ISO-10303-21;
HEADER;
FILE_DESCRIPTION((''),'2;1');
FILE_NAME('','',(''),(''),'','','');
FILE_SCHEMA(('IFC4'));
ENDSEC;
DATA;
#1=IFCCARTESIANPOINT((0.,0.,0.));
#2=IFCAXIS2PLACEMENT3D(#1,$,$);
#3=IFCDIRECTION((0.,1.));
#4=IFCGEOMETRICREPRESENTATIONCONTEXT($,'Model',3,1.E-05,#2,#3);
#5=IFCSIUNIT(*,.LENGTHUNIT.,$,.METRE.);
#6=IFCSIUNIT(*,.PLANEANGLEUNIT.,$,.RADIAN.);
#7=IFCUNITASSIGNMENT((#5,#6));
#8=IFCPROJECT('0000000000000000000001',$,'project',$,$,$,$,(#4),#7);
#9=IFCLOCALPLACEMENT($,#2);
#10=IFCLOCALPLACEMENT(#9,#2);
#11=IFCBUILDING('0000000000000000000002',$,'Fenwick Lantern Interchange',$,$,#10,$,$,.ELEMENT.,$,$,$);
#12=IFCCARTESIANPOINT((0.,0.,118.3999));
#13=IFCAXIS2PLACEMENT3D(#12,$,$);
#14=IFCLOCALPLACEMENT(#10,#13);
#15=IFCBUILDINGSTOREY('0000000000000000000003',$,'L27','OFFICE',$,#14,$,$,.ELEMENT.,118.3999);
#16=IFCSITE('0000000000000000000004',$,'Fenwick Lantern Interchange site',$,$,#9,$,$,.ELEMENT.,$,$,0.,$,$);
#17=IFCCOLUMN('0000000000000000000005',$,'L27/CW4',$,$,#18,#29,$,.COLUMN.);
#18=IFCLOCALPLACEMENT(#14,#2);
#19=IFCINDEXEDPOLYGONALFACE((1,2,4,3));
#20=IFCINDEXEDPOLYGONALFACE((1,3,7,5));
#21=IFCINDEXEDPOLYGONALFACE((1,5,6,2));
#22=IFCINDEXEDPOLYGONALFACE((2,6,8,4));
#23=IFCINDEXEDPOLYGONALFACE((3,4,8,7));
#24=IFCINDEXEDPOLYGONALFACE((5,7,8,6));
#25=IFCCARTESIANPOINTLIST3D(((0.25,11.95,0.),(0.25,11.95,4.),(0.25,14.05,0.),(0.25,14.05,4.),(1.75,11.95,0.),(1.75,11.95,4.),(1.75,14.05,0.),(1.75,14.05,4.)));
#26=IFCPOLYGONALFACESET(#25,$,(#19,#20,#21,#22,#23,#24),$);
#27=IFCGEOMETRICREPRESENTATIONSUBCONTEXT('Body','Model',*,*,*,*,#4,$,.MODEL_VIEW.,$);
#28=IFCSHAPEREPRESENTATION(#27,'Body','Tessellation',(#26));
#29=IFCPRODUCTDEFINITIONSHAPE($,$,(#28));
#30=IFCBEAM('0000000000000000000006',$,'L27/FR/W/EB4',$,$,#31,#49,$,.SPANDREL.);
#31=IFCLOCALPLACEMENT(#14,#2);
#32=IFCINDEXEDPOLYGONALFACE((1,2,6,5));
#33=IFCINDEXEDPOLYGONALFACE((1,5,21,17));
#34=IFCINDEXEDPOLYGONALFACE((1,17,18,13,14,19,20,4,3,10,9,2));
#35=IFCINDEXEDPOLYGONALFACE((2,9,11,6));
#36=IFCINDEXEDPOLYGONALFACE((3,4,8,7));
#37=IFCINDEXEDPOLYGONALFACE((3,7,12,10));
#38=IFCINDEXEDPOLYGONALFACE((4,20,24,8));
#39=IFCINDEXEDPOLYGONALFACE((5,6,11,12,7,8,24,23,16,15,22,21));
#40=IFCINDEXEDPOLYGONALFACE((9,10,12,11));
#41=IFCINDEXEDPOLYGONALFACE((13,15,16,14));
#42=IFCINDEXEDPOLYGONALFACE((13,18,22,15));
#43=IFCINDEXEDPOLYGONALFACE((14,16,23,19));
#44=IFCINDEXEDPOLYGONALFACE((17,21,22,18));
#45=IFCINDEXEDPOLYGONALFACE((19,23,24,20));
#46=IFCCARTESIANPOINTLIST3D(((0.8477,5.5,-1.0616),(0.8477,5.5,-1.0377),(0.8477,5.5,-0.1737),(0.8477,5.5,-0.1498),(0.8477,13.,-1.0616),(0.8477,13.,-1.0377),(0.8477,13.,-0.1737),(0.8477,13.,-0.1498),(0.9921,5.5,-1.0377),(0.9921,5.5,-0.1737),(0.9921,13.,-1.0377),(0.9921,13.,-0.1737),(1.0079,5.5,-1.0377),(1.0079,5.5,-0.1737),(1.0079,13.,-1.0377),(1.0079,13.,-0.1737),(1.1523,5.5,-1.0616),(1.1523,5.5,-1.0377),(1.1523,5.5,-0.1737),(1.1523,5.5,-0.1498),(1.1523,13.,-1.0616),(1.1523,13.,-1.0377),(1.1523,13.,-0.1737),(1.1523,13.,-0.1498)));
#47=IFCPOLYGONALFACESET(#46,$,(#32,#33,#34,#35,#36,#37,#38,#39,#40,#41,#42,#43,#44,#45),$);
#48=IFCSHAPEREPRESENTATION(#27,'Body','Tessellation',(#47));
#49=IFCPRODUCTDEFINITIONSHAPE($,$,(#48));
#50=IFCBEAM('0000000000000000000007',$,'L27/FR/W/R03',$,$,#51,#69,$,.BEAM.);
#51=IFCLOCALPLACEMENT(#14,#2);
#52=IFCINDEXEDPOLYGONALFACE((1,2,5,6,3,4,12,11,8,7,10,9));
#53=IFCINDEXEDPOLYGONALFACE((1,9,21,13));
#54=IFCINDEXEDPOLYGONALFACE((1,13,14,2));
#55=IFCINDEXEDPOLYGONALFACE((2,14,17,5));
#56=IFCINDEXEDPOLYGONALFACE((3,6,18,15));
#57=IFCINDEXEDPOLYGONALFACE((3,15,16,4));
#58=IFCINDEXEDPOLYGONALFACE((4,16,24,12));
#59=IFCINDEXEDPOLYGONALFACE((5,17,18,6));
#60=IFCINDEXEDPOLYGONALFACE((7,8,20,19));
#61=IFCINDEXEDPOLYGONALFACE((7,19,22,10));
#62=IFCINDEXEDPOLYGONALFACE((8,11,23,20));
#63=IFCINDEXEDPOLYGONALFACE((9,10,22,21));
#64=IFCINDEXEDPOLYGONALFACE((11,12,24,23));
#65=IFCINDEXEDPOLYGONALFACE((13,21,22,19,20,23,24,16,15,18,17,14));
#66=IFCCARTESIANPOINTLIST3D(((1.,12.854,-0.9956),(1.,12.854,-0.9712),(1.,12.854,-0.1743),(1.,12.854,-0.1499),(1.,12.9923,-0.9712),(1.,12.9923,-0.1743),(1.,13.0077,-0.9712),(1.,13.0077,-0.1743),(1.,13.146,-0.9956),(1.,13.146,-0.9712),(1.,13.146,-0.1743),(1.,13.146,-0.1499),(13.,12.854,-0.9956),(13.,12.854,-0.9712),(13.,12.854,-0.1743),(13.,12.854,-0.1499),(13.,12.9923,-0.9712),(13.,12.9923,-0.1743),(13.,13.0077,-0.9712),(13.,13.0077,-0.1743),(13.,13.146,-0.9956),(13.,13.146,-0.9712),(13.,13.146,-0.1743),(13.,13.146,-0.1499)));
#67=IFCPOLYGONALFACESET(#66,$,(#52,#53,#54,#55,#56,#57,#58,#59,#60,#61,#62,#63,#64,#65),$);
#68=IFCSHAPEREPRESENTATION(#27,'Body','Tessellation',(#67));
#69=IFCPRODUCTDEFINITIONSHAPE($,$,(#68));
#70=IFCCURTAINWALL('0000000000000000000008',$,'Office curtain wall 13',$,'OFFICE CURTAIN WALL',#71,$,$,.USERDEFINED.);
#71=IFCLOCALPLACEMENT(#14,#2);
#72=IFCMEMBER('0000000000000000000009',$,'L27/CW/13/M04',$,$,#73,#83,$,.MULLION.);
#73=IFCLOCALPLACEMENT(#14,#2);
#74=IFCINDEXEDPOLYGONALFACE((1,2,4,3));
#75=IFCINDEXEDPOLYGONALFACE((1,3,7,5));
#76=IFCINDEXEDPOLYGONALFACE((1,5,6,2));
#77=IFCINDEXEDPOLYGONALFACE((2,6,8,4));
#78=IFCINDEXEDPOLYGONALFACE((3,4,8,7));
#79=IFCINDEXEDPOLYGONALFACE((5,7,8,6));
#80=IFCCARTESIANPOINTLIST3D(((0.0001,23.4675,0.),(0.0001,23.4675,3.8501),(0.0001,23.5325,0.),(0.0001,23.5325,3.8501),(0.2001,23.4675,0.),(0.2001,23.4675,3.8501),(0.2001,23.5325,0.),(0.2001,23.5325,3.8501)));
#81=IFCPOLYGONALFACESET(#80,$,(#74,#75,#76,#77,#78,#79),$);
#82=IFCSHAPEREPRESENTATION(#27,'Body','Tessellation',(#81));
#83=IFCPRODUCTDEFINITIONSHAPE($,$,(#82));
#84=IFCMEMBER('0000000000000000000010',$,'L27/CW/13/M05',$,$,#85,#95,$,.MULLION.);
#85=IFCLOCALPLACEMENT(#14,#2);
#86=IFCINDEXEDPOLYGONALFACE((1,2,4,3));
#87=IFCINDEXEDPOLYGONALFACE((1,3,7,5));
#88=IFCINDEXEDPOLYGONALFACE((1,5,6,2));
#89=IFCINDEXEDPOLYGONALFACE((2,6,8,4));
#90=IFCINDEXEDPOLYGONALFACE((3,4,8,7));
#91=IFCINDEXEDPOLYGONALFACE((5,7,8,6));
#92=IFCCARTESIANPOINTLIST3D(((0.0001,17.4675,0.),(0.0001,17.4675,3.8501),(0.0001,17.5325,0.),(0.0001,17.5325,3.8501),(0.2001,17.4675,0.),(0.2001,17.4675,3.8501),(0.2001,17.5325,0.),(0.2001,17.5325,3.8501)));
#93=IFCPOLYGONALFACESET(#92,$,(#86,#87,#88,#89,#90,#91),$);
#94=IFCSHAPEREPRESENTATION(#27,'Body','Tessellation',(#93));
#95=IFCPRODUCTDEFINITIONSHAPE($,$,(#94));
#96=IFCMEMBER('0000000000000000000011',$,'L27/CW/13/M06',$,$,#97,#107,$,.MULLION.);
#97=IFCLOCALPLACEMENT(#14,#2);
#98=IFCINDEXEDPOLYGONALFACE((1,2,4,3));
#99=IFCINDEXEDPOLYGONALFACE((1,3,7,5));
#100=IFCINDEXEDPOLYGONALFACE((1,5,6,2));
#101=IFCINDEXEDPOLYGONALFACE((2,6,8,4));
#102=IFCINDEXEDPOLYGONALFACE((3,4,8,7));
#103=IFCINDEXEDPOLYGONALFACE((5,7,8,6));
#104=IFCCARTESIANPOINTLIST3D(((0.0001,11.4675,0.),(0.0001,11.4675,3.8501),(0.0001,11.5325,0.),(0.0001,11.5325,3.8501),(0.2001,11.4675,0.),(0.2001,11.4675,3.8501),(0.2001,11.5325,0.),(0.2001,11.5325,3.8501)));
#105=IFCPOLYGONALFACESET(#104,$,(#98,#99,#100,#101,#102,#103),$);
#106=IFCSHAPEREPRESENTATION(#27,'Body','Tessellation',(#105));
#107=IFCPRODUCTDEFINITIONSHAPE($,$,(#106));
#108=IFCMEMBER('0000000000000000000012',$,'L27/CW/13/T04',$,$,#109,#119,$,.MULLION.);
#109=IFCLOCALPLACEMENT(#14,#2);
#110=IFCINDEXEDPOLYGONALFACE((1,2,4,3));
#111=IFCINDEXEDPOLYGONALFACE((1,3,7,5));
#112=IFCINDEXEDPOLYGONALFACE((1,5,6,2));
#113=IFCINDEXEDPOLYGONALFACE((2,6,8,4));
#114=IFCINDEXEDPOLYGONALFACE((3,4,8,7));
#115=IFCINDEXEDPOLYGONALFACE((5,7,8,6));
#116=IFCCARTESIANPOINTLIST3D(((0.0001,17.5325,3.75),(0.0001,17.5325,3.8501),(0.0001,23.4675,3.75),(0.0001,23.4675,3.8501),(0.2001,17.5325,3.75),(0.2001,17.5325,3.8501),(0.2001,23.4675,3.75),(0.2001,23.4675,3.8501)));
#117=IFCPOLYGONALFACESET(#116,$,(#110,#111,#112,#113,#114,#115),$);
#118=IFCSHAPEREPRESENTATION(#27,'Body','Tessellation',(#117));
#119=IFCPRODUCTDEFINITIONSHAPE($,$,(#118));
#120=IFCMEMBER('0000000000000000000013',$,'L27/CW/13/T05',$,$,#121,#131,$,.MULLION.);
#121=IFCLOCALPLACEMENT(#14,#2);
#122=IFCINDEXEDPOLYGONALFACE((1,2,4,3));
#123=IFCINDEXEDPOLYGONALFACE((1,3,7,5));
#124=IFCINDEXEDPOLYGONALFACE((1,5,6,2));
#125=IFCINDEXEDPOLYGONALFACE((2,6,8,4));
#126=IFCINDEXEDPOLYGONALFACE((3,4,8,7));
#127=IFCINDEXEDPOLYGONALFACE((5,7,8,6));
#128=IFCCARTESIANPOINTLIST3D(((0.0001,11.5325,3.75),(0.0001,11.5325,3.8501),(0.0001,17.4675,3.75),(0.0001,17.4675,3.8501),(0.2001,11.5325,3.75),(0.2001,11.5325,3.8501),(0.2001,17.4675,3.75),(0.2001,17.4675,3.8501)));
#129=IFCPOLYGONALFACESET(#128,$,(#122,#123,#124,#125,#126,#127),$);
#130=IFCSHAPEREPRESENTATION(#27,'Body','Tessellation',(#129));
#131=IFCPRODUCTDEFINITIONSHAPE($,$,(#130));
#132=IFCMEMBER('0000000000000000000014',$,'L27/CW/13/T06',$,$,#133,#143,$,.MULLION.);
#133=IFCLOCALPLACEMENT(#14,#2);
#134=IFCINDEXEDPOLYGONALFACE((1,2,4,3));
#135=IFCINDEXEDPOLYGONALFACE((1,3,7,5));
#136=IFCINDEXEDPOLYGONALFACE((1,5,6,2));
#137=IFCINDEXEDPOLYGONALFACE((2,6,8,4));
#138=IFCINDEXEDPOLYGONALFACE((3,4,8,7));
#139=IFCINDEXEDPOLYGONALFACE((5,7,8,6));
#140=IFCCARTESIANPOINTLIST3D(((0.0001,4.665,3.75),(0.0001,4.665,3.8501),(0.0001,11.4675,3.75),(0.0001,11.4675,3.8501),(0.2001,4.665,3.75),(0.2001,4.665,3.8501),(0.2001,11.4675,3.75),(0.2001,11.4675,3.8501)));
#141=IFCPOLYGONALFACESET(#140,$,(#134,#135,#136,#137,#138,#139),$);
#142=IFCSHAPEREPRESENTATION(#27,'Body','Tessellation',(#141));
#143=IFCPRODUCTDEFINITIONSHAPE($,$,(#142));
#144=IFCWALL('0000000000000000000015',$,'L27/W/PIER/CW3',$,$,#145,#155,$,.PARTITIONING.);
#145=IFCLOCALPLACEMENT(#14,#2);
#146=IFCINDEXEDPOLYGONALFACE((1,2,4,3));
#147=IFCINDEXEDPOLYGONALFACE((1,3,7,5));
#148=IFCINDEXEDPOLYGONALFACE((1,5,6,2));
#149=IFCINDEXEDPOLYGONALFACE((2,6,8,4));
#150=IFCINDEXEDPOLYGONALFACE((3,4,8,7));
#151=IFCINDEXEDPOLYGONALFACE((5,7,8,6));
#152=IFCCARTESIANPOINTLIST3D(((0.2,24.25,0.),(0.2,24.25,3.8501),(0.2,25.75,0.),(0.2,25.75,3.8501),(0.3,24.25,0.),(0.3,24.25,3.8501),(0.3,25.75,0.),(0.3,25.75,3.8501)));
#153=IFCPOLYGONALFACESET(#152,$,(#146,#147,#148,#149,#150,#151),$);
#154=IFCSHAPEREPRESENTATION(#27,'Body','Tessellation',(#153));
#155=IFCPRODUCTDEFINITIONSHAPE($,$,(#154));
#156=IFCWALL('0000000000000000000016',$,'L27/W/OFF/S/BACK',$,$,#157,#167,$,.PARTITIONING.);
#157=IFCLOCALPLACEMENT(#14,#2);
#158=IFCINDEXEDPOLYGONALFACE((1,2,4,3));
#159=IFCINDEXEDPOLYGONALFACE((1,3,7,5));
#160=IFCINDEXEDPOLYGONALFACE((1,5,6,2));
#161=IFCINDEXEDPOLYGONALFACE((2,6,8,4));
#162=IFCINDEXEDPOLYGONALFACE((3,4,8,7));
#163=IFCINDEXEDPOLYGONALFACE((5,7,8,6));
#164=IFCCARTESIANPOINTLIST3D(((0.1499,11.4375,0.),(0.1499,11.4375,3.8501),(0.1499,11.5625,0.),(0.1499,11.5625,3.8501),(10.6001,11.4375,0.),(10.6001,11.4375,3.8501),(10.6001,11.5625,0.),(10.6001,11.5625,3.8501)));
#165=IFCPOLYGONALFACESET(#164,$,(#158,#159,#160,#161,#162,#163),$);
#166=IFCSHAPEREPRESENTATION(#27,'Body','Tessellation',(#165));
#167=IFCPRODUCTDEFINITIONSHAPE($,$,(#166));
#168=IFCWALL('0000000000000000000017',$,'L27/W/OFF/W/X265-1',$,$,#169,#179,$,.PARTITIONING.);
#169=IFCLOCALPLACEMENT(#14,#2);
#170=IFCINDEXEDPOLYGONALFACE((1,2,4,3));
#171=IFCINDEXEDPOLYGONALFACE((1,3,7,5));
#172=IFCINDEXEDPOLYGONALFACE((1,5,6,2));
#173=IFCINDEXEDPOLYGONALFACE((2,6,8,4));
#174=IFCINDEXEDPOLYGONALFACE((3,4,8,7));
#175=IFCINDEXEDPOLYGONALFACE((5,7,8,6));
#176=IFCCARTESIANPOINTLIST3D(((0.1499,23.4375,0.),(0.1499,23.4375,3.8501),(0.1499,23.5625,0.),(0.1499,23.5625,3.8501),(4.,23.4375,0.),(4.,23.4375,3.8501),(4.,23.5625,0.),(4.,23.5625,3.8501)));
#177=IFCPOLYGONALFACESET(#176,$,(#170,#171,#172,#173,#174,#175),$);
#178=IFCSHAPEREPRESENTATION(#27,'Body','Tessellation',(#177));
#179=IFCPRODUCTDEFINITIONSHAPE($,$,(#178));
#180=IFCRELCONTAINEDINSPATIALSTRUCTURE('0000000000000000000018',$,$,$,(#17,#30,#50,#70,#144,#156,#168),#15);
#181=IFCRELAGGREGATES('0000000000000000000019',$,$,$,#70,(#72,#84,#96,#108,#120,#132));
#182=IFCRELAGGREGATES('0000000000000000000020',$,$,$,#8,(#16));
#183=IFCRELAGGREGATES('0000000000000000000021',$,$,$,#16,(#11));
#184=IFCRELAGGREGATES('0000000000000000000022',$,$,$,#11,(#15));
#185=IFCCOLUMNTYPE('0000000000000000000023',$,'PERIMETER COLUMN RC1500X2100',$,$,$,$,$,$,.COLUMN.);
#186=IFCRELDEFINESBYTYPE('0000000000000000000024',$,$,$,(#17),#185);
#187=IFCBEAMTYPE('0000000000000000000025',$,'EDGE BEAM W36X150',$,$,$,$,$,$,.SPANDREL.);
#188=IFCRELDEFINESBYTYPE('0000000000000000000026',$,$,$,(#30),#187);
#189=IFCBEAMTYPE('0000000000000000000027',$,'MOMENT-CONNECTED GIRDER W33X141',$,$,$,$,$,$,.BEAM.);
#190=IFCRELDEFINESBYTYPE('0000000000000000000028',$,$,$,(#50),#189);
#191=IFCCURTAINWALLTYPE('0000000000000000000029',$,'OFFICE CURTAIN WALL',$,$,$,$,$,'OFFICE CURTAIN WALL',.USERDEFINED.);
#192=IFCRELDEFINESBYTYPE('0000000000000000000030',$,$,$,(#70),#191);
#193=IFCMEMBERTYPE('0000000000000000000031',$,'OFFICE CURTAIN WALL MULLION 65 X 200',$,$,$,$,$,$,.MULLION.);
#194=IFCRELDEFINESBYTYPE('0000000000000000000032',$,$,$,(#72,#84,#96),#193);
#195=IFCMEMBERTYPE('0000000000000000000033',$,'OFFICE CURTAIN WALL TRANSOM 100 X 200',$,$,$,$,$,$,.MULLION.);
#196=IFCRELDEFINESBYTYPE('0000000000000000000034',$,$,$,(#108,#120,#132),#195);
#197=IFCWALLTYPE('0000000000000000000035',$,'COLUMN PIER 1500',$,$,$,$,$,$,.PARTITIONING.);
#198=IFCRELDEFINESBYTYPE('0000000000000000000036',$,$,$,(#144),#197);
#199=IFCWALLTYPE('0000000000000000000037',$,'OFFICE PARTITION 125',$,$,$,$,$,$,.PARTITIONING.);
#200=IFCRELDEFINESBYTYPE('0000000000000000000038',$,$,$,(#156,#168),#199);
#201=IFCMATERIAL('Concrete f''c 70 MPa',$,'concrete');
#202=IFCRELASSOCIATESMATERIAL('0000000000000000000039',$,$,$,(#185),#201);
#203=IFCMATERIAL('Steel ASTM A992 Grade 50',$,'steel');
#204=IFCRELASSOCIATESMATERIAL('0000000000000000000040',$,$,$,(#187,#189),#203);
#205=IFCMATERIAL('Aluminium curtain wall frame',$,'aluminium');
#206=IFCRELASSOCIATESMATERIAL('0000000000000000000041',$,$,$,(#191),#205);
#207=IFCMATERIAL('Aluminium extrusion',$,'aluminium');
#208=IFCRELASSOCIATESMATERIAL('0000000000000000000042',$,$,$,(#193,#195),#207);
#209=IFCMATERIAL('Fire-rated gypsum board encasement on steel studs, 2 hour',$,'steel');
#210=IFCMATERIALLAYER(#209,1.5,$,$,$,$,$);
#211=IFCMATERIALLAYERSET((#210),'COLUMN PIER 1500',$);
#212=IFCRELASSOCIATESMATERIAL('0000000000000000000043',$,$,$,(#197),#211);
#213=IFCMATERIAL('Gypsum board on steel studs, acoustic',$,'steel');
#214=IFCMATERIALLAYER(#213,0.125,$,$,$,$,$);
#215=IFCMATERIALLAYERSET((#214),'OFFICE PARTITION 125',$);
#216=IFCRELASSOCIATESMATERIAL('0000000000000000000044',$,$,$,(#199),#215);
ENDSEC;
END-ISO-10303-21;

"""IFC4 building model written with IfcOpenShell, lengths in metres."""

from ifc_helpers import new_model, si_unit, direction, frame, frame_2d, origin, origin_2d, place, context, subcontext, project, spatial, rectangle, i_section, extrude, material, layer, layer_set, material_profile, profile_set, type_object, element, aggregate, save


model = new_model("IFC4")

# Units and contexts
model_context = context("Model", 3, precision=1e-05, world=origin(), true_north=direction((0.0, 1.0)))
body_context = subcontext(model_context, "Body", "Model", "MODEL_VIEW")
ifc_project = project(units=[si_unit("LENGTHUNIT", "METRE"), si_unit("PLANEANGLEUNIT", "RADIAN")], contexts=[model_context])

# Site, building, storey
site_placement = place(None, origin())
site = spatial("IfcSite", under=ifc_project, at=site_placement, Name="Fenwick Lantern Interchange site", CompositionType="ELEMENT", RefElevation=0.0)
building_placement = place(site_placement, origin())
building = spatial("IfcBuilding", under=site, at=building_placement, Name="Fenwick Lantern Interchange", CompositionType="ELEMENT")
storey_placement = place(building_placement, frame((0.0, 0.0, 118.3999)))
storey = spatial("IfcBuildingStorey", under=building, at=storey_placement, Name="L27", Description="OFFICE", CompositionType="ELEMENT", Elevation=118.3999)

# Column
ifc_material_1 = material(Name="Concrete f'c 70 MPa", Category="concrete")
ifc_material_profile_1 = material_profile(ifc_material_1, rectangle(XDim=1.5, YDim=2.1001, at=origin_2d()), Name="RC1500X2100")
ifc_profile_set_1 = profile_set([ifc_material_profile_1], Name="Concrete f'c 70 MPa")
column_type = type_object("IfcColumnType", Name="PERIMETER COLUMN RC1500X2100", PredefinedType="COLUMN", material=ifc_profile_set_1)
column_placement = place(storey_placement, frame((1.0, 13.0, 0.0), z_axis=(0.0, 0.0, 1.0), x_axis=(1.0, 0.0, 0.0)))
element("IfcColumn", 1, at=column_placement, inside=storey, type_object=column_type, Name="L27/CW4", PredefinedType="COLUMN", context=body_context, shape_type="SweptSolid", body=[
    extrude(rectangle(XDim=1.5, YDim=2.1001, at=origin_2d()), origin(), (0.0, 0.0, 1.0), 4.0),
])

# Beams
ifc_material_2 = material(Name="Steel ASTM A992 Grade 50", Category="steel")
ifc_material_profile_2 = material_profile(ifc_material_2, i_section(OverallWidth=0.3047, OverallDepth=0.9119, WebThickness=0.0159, FlangeThickness=0.0239, at=origin_2d()), Name="W36X150")
ifc_profile_set_2 = profile_set([ifc_material_profile_2], Name="Steel ASTM A992 Grade 50")
beam_type_1 = type_object("IfcBeamType", Name="EDGE BEAM W36X150", PredefinedType="SPANDREL", material=ifc_profile_set_2)
beam_1_placement = place(storey_placement, frame((1.0, 13.0, -0.6057), z_axis=(0.0, -1.0, 0.0), x_axis=(1.0, 0.0, 0.0)))
element("IfcBeam", 2, at=beam_1_placement, inside=storey, type_object=beam_type_1, Name="L27/FR/W/EB4", PredefinedType="SPANDREL", context=body_context, shape_type="SweptSolid", body=[
    extrude(i_section(OverallWidth=0.3047, OverallDepth=0.9119, WebThickness=0.0159, FlangeThickness=0.0239, at=origin_2d()), origin(), (0.0, 0.0, 1.0), 7.5),
])
ifc_material_profile_3 = material_profile(ifc_material_2, i_section(OverallWidth=0.292, OverallDepth=0.8457, WebThickness=0.0154, FlangeThickness=0.0244, at=origin_2d()), Name="W33X141")
ifc_profile_set_3 = profile_set([ifc_material_profile_3], Name="Steel ASTM A992 Grade 50")
beam_type_2 = type_object("IfcBeamType", Name="MOMENT-CONNECTED GIRDER W33X141", PredefinedType="BEAM", material=ifc_profile_set_3)
beam_2_placement = place(storey_placement, frame((1.0, 13.0, -0.5728), z_axis=(1.0, 0.0, 0.0), x_axis=(0.0, 1.0, 0.0)))
element("IfcBeam", 3, at=beam_2_placement, inside=storey, type_object=beam_type_2, Name="L27/FR/W/R03", PredefinedType="BEAM", context=body_context, shape_type="SweptSolid", body=[
    extrude(i_section(OverallWidth=0.292, OverallDepth=0.8457, WebThickness=0.0154, FlangeThickness=0.0244, at=origin_2d()), origin(), (0.0, 0.0, 1.0), 12.0),
])

# Curtain wall, members
ifc_material_3 = material(Name="Aluminium curtain wall frame", Category="aluminium")
curtain_wall_type = type_object("IfcCurtainWallType", Name="OFFICE CURTAIN WALL", ElementType="OFFICE CURTAIN WALL", PredefinedType="USERDEFINED", material=ifc_material_3)
curtain_wall_placement = place(storey_placement, origin())
curtain_wall = element("IfcCurtainWall", 4, at=curtain_wall_placement, inside=storey, type_object=curtain_wall_type, Name="Office curtain wall 13", ObjectType="OFFICE CURTAIN WALL", PredefinedType="USERDEFINED")
ifc_material_4 = material(Name="Aluminium extrusion", Category="aluminium")
ifc_material_profile_4 = material_profile(ifc_material_4, rectangle(XDim=0.2, YDim=0.0649, at=origin_2d()), Name="OFFICE CURTAIN WALL MULLION 65 X 200")
ifc_profile_set_4 = profile_set([ifc_material_profile_4], Name="Aluminium extrusion")
member_type_1 = type_object("IfcMemberType", Name="OFFICE CURTAIN WALL MULLION 65 X 200", PredefinedType="MULLION", material=ifc_profile_set_4)
member_1_placement = place(storey_placement, frame((0.1001, 23.5, 0.0), z_axis=(0.0, 0.0, 1.0), x_axis=(1.0, 0.0, 0.0)))
member_1 = element("IfcMember", 5, at=member_1_placement, type_object=member_type_1, Name="L27/CW/13/M04", PredefinedType="MULLION", context=body_context, shape_type="SweptSolid", body=[
    extrude(rectangle(XDim=0.2, YDim=0.0649, at=origin_2d()), origin(), (0.0, 0.0, 1.0), 3.8501),
])
member_2_placement = place(storey_placement, frame((0.1001, 17.5, 0.0), z_axis=(0.0, 0.0, 1.0), x_axis=(1.0, 0.0, 0.0)))
member_2 = element("IfcMember", 6, at=member_2_placement, type_object=member_type_1, Name="L27/CW/13/M05", PredefinedType="MULLION", context=body_context, shape_type="SweptSolid", body=[
    extrude(rectangle(XDim=0.2, YDim=0.0649, at=origin_2d()), origin(), (0.0, 0.0, 1.0), 3.8501),
])
member_3_placement = place(storey_placement, frame((0.1001, 11.5, 0.0), z_axis=(0.0, 0.0, 1.0), x_axis=(1.0, 0.0, 0.0)))
member_3 = element("IfcMember", 7, at=member_3_placement, type_object=member_type_1, Name="L27/CW/13/M06", PredefinedType="MULLION", context=body_context, shape_type="SweptSolid", body=[
    extrude(rectangle(XDim=0.2, YDim=0.0649, at=origin_2d()), origin(), (0.0, 0.0, 1.0), 3.8501),
])
ifc_material_profile_5 = material_profile(ifc_material_4, rectangle(XDim=0.2, YDim=0.1001, at=origin_2d()), Name="OFFICE CURTAIN WALL TRANSOM 100 X 200")
ifc_profile_set_5 = profile_set([ifc_material_profile_5], Name="Aluminium extrusion")
member_type_2 = type_object("IfcMemberType", Name="OFFICE CURTAIN WALL TRANSOM 100 X 200", PredefinedType="MULLION", material=ifc_profile_set_5)
member_4_placement = place(storey_placement, frame((0.1001, 23.4675, 3.8), z_axis=(0.0, -1.0, 0.0), x_axis=(1.0, 0.0, 0.0)))
member_4 = element("IfcMember", 8, at=member_4_placement, type_object=member_type_2, Name="L27/CW/13/T04", PredefinedType="MULLION", context=body_context, shape_type="SweptSolid", body=[
    extrude(rectangle(XDim=0.2, YDim=0.1001, at=origin_2d()), origin(), (0.0, 0.0, 1.0), 5.9351),
])
member_5_placement = place(storey_placement, frame((0.1001, 17.4675, 3.8), z_axis=(0.0, -1.0, 0.0), x_axis=(1.0, 0.0, 0.0)))
member_5 = element("IfcMember", 9, at=member_5_placement, type_object=member_type_2, Name="L27/CW/13/T05", PredefinedType="MULLION", context=body_context, shape_type="SweptSolid", body=[
    extrude(rectangle(XDim=0.2, YDim=0.1001, at=origin_2d()), origin(), (0.0, 0.0, 1.0), 5.9351),
])
member_6_placement = place(storey_placement, frame((0.1001, 11.4675, 3.8), z_axis=(0.0, -1.0, 0.0), x_axis=(1.0, 0.0, 0.0)))
member_6 = element("IfcMember", 10, at=member_6_placement, type_object=member_type_2, Name="L27/CW/13/T06", PredefinedType="MULLION", context=body_context, shape_type="SweptSolid", body=[
    extrude(rectangle(XDim=0.2, YDim=0.1001, at=origin_2d()), origin(), (0.0, 0.0, 1.0), 6.8025),
])
aggregate(curtain_wall, [member_1, member_2, member_3, member_4, member_5, member_6])

# Walls
ifc_material_5 = material(Name="Fire-rated gypsum board encasement on steel studs, 2 hour", Category="steel")
ifc_layer_1 = layer(ifc_material_5, 1.5)
ifc_layer_set_1 = layer_set([ifc_layer_1], Name="COLUMN PIER 1500")
wall_type_1 = type_object("IfcWallType", Name="COLUMN PIER 1500", PredefinedType="PARTITIONING", material=ifc_layer_set_1)
wall_1_placement = place(storey_placement, frame((0.2, 25.0, 0.0), z_axis=(0.0, 0.0, 1.0), x_axis=(1.0, 0.0, 0.0)))
element("IfcWall", 11, at=wall_1_placement, inside=storey, type_object=wall_type_1, Name="L27/W/PIER/CW3", PredefinedType="PARTITIONING", context=body_context, shape_type="SweptSolid", body=[
    extrude(rectangle(XDim=0.1001, YDim=1.5, at=frame_2d((0.05, 0.0))), origin(), (0.0, 0.0, 1.0), 3.8501),
])
ifc_material_6 = material(Name="Gypsum board on steel studs, acoustic", Category="steel")
ifc_layer_2 = layer(ifc_material_6, 0.125)
ifc_layer_set_2 = layer_set([ifc_layer_2], Name="OFFICE PARTITION 125")
wall_type_2 = type_object("IfcWallType", Name="OFFICE PARTITION 125", PredefinedType="PARTITIONING", material=ifc_layer_set_2)
wall_2_placement = place(storey_placement, frame((0.1499, 11.5, 0.0), z_axis=(0.0, 0.0, 1.0), x_axis=(1.0, 0.0, 0.0)))
element("IfcWall", 12, at=wall_2_placement, inside=storey, type_object=wall_type_2, Name="L27/W/OFF/S/BACK", PredefinedType="PARTITIONING", context=body_context, shape_type="SweptSolid", body=[
    extrude(rectangle(XDim=10.4502, YDim=0.125, at=frame_2d((5.2251, 0.0))), origin(), (0.0, 0.0, 1.0), 3.8501),
])
for number, where, z_axis, x_axis, name in (
    (13, (0.1499, 23.5, 0.0), (0.0, 0.0, 1.0), (1.0, 0.0, 0.0), "L27/W/OFF/W/X265-1"),
):
    element("IfcWall", number, at=place(storey_placement, frame(where, z_axis=z_axis, x_axis=x_axis)), inside=storey, type_object=wall_type_2, Name=name, PredefinedType="PARTITIONING", context=body_context, shape_type="SweptSolid", body=[
        extrude(rectangle(XDim=3.8501, YDim=0.125, at=frame_2d((1.925, 0.0))), origin(), (0.0, 0.0, 1.0), 3.8501),
    ])

save(model, "model.ifc")
